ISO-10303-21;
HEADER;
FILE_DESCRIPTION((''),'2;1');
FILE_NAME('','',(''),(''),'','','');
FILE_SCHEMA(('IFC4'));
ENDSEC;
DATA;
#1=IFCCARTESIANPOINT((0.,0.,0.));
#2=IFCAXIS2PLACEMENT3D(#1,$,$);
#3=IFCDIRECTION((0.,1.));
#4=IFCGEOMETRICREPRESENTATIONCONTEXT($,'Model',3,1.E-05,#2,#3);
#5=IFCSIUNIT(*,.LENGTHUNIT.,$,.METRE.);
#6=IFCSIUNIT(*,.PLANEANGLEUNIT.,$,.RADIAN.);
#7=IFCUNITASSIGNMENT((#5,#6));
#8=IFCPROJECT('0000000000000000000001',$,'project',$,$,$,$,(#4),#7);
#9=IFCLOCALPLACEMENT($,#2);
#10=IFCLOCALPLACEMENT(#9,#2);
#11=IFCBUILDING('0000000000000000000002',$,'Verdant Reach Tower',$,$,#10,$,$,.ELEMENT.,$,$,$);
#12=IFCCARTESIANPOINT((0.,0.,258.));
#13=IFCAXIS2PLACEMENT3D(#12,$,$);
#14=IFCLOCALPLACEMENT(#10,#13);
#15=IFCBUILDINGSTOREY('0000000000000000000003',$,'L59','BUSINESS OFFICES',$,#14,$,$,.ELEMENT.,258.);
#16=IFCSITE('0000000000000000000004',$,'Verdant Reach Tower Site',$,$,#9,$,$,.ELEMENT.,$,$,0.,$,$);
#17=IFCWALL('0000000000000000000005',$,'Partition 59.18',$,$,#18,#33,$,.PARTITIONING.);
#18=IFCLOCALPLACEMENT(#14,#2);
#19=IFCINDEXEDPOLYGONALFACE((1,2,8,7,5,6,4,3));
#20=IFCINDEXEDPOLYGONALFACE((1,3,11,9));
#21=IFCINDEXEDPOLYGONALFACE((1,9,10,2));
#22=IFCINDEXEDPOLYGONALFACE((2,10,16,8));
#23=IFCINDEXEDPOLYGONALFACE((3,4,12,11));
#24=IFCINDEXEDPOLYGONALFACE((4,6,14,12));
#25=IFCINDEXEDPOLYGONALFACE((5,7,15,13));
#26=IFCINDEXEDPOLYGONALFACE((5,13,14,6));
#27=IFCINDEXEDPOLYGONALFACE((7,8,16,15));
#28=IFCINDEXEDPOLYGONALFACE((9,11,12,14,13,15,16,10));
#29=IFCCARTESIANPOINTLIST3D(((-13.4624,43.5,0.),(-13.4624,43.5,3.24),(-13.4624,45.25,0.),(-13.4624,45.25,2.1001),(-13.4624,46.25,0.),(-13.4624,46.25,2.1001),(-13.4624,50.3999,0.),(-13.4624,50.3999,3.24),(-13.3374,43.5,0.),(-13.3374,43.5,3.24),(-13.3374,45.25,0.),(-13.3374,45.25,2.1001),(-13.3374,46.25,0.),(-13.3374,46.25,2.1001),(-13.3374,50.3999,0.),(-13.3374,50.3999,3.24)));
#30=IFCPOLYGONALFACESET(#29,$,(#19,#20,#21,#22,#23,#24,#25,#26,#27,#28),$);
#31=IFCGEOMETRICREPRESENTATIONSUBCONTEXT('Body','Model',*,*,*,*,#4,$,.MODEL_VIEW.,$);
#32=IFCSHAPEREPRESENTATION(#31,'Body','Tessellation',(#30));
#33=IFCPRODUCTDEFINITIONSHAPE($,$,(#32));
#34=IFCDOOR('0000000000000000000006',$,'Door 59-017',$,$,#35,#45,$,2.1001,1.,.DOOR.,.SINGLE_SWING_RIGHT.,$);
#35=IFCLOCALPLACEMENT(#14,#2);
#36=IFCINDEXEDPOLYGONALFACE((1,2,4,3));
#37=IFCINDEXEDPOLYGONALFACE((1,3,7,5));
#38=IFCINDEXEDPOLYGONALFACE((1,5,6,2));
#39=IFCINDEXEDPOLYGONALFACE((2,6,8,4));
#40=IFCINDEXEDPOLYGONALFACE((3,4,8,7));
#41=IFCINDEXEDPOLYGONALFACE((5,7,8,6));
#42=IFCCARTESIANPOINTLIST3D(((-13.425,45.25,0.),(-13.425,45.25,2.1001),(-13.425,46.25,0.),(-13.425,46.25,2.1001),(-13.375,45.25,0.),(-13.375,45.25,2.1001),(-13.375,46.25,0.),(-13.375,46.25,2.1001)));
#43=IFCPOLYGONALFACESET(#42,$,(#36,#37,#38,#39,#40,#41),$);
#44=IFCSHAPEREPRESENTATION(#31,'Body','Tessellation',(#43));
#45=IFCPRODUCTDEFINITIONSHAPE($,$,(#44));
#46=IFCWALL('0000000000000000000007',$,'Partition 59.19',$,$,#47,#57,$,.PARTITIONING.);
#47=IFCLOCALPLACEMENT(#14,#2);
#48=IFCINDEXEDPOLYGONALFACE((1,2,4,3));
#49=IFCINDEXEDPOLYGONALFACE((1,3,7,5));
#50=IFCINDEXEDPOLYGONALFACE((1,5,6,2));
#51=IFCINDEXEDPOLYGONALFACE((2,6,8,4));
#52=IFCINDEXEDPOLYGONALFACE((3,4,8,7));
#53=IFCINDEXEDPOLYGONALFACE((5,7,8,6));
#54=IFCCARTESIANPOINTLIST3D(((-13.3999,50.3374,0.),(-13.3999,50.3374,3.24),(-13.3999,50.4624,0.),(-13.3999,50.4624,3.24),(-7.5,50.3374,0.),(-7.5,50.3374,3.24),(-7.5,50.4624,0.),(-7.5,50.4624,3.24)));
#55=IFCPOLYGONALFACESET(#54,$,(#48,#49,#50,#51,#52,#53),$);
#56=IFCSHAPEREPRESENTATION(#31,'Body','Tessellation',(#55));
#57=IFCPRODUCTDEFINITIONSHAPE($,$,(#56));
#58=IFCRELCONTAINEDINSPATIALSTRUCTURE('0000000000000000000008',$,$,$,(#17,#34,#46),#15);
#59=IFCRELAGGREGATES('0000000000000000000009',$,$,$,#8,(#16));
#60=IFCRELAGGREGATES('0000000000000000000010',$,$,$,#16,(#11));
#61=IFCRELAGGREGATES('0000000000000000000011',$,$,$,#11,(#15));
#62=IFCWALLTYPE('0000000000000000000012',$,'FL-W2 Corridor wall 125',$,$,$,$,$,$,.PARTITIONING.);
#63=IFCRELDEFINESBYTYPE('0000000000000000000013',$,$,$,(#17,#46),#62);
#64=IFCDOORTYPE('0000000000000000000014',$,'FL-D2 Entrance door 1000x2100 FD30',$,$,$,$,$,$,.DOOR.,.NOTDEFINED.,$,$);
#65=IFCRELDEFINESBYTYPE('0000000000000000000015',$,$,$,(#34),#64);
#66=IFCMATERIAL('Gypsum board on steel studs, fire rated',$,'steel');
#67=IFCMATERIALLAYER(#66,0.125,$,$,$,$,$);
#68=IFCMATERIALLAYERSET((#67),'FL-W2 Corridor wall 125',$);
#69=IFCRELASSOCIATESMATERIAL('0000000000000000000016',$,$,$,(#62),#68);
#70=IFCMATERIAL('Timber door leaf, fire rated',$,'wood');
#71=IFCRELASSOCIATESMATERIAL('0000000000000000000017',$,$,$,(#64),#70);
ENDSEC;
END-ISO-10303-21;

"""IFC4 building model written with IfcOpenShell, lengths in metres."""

from ifc_helpers import new_model, si_unit, direction, frame, frame_2d, origin, place, context, subcontext, project, spatial, rectangle, extrude, material, layer, layer_set, type_object, element, fill, save


model = new_model("IFC4")

# Units and contexts
model_context = context("Model", 3, precision=1e-05, world=origin(), true_north=direction((0.0, 1.0)))
body_context = subcontext(model_context, "Body", "Model", "MODEL_VIEW")
ifc_project = project(units=[si_unit("LENGTHUNIT", "METRE"), si_unit("PLANEANGLEUNIT", "RADIAN")], contexts=[model_context])

# Site, building, storey
site_placement = place(None, origin())
site = spatial("IfcSite", under=ifc_project, at=site_placement, Name="Verdant Reach Tower Site", CompositionType="ELEMENT", RefElevation=0.0)
building_placement = place(site_placement, origin())
building = spatial("IfcBuilding", under=site, at=building_placement, Name="Verdant Reach Tower", CompositionType="ELEMENT")
storey_placement = place(building_placement, frame((0.0, 0.0, 258.0)))
storey = spatial("IfcBuildingStorey", under=building, at=storey_placement, Name="L59", Description="BUSINESS OFFICES", CompositionType="ELEMENT", Elevation=258.0)

# Shared definitions
ifc_material_1 = material(Name="Gypsum board on steel studs, fire rated", Category="steel")
ifc_layer_1 = layer(ifc_material_1, 0.125)
ifc_layer_set_1 = layer_set([ifc_layer_1], Name="FL-W2 Corridor wall 125")
wall_type_1 = type_object("IfcWallType", Name="FL-W2 Corridor wall 125", PredefinedType="PARTITIONING", material=ifc_layer_set_1)
ifc_material_2 = material(Name="Timber door leaf, fire rated", Category="wood")
door_type_1 = type_object("IfcDoorType", Name="FL-D2 Entrance door 1000x2100 FD30", OperationType="NOTDEFINED", PredefinedType="DOOR", material=ifc_material_2)

# Wall, opening, door
wall_1_placement = place(storey_placement, frame((-13.3999, 50.3999, 0.0), z_axis=(0.0, 0.0, 1.0), x_axis=(0.0, -1.0, 0.0)))
wall_1 = element("IfcWall", 1, at=wall_1_placement, inside=storey, type_object=wall_type_1, Name="Partition 59.18", PredefinedType="PARTITIONING", context=body_context, shape_type="SweptSolid", body=[
    extrude(rectangle(XDim=6.8999, YDim=0.125, at=frame_2d((3.45, 0.0))), origin(), (0.0, 0.0, 1.0), 3.24),
])
opening_1_placement = place(wall_1_placement, frame((4.1499, 0.0, 0.0)))
opening_1 = element("IfcOpeningElement", 2, at=opening_1_placement, cuts=wall_1, PredefinedType="OPENING", context=body_context, shape_type="SweptSolid", body=[
    extrude(rectangle(XDim=1.0, YDim=2.1001, at=frame_2d((0.5, 1.05))), frame((0.0, 0.0725, 0.0), z_axis=(0.0, -1.0, 0.0), x_axis=(1.0, 0.0, 0.0)), (0.0, 0.0, 1.0), 0.145),
])
door_1_placement = place(opening_1_placement, origin())
door_1 = element("IfcDoor", 3, at=door_1_placement, inside=storey, type_object=door_type_1, Name="Door 59-017", OperationType="SINGLE_SWING_RIGHT", OverallHeight=2.1001, OverallWidth=1.0, PredefinedType="DOOR", context=body_context, shape_type="SweptSolid", body=[
    extrude(rectangle(XDim=1.0, YDim=2.1001, at=frame_2d((0.5, 1.05))), frame((0.0, 0.0249, 0.0), z_axis=(0.0, -1.0, 0.0), x_axis=(1.0, 0.0, 0.0)), (0.0, 0.0, 1.0), 0.05),
])
fill(opening_1, door_1)

# Wall
wall_2_placement = place(storey_placement, frame((-7.5, 50.3999, 0.0), z_axis=(0.0, 0.0, 1.0), x_axis=(-1.0, 0.0, 0.0)))
element("IfcWall", 4, at=wall_2_placement, inside=storey, type_object=wall_type_1, Name="Partition 59.19", PredefinedType="PARTITIONING", context=body_context, shape_type="SweptSolid", body=[
    extrude(rectangle(XDim=5.8999, YDim=0.125, at=frame_2d((2.95, 0.0))), origin(), (0.0, 0.0, 1.0), 3.24),
])

save(model, "model.ifc")
